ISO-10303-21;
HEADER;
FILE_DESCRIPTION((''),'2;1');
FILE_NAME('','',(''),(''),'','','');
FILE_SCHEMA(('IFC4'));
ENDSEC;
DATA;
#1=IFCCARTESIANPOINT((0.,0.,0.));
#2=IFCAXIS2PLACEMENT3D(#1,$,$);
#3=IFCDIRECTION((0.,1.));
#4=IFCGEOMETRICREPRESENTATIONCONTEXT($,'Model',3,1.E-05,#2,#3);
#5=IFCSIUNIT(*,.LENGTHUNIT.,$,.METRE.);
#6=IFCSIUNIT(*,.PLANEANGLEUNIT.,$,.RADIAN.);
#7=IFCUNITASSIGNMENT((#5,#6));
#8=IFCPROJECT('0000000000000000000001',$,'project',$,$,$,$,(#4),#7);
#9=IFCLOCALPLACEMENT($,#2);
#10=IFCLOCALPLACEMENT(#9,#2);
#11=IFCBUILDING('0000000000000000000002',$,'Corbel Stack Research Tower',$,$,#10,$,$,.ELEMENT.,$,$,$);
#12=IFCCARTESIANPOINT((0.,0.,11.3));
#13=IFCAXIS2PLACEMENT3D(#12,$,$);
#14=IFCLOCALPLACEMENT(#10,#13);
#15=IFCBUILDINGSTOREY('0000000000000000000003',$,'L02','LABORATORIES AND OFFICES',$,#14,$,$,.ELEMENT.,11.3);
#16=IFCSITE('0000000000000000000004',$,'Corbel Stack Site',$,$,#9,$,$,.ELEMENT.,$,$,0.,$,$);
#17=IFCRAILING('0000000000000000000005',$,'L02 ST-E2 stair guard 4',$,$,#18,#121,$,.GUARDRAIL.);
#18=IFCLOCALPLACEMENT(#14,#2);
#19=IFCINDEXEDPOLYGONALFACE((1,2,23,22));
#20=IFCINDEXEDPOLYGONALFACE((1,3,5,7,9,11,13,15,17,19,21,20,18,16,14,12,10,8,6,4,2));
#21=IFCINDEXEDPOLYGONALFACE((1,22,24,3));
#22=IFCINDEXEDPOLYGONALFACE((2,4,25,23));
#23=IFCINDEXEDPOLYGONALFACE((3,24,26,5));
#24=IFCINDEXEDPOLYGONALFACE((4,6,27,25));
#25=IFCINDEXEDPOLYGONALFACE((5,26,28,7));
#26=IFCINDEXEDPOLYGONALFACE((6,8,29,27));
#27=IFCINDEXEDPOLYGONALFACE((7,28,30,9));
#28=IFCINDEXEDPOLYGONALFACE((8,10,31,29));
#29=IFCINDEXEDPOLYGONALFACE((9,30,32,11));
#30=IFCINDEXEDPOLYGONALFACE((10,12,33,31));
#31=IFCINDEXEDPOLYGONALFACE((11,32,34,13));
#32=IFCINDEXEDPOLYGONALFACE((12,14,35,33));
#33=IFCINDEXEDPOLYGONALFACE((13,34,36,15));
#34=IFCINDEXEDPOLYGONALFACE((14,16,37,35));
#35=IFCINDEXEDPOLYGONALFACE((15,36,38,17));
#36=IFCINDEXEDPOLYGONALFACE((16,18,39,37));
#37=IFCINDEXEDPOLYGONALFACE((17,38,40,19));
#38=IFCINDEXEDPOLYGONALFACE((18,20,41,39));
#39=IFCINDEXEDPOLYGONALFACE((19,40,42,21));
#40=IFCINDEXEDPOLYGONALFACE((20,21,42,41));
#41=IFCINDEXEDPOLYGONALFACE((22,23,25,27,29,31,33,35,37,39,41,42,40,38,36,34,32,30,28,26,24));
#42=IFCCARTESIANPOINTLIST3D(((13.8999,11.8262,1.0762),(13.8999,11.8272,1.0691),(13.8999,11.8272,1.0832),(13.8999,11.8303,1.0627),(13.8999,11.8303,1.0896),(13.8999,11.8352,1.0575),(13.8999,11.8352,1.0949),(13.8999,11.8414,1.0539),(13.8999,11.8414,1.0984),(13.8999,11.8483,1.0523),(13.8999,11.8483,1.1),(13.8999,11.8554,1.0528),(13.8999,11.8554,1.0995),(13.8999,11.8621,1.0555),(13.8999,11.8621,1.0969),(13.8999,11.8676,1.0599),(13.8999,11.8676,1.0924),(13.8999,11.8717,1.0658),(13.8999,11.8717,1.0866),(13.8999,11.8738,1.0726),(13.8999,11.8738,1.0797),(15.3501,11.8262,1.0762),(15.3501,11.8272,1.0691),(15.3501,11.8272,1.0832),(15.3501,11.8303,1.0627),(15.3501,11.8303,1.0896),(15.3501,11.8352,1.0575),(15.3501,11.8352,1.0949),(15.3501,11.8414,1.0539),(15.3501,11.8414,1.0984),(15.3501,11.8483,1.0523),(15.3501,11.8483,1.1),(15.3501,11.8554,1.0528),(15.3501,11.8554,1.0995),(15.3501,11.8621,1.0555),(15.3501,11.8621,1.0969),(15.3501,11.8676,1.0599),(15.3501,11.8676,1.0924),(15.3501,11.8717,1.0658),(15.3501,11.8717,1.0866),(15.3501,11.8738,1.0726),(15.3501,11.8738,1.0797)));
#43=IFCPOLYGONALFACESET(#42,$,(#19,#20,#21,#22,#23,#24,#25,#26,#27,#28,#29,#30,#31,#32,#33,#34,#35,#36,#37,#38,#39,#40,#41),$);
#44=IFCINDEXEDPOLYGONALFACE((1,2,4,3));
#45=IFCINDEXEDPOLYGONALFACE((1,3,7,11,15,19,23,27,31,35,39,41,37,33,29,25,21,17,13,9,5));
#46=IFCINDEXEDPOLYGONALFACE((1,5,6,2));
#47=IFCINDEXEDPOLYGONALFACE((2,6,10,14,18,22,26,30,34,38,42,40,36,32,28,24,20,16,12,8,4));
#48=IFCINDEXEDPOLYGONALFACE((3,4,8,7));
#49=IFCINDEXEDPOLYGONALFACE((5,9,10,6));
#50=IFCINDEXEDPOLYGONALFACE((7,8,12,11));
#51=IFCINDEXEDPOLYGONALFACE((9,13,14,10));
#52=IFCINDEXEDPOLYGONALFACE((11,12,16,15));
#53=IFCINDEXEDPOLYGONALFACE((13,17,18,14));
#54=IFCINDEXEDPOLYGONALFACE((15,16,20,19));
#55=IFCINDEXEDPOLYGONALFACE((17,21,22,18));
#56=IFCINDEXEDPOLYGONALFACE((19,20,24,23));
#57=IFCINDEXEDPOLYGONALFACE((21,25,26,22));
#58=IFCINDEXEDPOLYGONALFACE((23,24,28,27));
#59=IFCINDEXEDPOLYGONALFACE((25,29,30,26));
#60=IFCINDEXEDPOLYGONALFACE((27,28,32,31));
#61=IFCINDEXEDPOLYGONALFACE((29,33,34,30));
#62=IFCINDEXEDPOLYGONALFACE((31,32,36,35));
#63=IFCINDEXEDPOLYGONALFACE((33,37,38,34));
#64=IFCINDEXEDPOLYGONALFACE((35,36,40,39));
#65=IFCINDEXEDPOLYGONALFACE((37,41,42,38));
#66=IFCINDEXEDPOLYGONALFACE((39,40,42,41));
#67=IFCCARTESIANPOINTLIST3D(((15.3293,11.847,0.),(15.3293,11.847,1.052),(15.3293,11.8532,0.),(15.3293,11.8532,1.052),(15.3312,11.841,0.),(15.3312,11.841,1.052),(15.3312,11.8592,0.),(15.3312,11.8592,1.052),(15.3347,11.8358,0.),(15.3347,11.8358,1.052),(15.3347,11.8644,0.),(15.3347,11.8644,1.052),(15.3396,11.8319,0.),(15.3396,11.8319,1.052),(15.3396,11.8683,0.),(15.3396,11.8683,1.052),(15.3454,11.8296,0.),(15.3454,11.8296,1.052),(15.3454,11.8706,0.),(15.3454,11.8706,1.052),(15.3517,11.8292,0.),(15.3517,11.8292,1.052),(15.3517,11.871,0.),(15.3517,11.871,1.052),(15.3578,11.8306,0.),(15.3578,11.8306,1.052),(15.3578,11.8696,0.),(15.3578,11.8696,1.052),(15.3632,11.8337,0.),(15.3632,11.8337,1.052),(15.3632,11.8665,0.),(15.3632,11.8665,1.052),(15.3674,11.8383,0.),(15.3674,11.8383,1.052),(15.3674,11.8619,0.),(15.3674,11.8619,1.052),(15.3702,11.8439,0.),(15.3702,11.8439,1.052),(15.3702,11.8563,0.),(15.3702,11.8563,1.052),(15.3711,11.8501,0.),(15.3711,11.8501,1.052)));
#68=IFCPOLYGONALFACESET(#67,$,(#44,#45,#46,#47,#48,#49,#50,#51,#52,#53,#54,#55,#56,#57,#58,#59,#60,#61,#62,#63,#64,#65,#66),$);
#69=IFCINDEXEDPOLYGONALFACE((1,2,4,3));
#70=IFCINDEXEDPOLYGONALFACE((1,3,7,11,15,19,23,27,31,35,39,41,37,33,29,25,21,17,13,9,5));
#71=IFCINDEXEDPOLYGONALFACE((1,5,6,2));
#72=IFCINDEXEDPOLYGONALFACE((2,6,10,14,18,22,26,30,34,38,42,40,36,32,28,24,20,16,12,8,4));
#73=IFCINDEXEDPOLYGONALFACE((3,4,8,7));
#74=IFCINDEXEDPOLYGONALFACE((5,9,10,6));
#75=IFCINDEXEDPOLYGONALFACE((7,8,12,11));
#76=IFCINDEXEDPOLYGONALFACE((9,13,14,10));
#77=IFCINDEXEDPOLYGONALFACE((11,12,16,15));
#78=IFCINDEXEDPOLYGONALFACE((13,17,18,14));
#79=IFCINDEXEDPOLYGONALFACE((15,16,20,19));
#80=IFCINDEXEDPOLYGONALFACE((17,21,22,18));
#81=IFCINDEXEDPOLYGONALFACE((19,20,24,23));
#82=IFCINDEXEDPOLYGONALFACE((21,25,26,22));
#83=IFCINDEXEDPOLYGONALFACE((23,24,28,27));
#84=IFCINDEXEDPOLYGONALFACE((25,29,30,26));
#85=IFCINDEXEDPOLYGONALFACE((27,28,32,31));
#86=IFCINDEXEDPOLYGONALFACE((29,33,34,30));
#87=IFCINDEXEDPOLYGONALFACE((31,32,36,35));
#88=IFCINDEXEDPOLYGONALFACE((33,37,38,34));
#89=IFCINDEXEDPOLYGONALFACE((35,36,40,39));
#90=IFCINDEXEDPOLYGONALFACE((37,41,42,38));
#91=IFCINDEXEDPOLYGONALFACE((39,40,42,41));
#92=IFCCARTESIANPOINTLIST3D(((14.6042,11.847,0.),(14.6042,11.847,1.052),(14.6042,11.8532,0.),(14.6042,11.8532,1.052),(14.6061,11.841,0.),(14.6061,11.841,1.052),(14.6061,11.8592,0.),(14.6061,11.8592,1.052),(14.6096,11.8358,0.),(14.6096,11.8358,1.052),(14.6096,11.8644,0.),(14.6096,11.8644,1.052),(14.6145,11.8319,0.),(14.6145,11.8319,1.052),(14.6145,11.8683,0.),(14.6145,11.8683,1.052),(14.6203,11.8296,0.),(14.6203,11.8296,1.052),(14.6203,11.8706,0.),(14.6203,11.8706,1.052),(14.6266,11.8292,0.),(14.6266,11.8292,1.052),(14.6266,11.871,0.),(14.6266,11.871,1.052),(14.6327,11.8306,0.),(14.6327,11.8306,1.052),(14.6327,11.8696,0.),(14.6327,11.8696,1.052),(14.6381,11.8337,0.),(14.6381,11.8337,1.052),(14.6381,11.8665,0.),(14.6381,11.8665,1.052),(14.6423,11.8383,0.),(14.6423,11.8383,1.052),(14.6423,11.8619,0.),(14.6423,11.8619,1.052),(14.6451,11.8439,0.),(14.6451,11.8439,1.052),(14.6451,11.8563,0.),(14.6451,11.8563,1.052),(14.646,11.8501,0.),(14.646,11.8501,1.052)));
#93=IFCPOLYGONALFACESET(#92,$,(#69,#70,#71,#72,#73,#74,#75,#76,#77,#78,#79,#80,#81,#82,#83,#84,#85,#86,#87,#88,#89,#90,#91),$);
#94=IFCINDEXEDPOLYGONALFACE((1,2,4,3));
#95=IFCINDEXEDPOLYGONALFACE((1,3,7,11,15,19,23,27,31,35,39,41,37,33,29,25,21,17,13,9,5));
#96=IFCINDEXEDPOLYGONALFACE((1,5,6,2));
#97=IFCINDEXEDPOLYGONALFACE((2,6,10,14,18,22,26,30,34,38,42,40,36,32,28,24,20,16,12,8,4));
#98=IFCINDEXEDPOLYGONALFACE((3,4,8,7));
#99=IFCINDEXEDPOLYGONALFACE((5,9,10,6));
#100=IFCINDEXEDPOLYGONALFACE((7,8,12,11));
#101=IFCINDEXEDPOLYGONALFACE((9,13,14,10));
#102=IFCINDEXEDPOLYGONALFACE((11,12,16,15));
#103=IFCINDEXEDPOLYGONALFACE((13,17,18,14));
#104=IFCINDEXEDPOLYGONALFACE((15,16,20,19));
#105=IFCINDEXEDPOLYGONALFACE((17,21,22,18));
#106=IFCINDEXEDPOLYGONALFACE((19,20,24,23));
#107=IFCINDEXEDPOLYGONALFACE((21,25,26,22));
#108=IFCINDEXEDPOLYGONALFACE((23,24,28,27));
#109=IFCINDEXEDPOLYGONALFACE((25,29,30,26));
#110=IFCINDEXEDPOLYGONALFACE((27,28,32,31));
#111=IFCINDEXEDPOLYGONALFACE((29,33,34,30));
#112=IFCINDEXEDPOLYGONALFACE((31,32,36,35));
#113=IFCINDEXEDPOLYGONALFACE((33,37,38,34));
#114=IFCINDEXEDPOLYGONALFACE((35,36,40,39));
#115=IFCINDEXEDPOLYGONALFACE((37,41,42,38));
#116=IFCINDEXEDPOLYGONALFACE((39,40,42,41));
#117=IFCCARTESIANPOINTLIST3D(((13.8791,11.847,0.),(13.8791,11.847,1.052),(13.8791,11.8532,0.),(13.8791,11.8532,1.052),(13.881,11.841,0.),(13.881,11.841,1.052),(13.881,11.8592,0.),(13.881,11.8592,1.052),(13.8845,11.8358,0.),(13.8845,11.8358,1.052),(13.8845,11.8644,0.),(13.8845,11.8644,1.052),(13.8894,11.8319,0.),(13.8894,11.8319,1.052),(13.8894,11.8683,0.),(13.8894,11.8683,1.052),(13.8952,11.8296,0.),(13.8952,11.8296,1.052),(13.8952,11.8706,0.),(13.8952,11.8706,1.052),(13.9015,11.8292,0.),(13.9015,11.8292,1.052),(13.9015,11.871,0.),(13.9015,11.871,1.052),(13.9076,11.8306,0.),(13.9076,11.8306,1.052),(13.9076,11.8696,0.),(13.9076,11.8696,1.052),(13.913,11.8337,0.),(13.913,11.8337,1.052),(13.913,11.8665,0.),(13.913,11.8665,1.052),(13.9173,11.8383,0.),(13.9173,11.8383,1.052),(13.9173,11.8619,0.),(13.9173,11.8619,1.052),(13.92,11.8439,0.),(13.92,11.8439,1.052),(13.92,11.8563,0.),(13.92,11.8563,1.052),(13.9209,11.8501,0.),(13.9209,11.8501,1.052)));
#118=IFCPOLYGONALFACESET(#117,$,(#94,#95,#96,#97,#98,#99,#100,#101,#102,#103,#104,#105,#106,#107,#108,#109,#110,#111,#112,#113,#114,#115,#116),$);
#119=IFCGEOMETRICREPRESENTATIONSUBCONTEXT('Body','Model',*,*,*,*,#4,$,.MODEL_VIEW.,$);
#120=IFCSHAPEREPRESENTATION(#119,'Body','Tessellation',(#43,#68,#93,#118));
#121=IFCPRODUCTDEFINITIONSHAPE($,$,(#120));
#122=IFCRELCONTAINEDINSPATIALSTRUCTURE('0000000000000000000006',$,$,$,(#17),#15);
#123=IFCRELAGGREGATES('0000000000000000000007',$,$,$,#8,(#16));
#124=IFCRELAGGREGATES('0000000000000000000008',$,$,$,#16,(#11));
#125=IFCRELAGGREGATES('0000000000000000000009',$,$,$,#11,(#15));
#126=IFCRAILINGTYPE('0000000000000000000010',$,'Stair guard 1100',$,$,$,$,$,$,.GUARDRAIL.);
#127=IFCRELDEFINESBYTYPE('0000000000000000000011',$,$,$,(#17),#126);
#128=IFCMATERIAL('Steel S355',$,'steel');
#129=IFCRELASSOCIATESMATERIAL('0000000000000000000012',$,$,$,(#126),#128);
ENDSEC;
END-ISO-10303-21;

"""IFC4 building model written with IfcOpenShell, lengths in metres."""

from ifc_helpers import new_model, si_unit, direction, frame, origin, origin_2d, place, context, subcontext, project, spatial, circle, extrude, material, type_object, element, save


model = new_model("IFC4")

# Units and contexts
model_context = context("Model", 3, precision=1e-05, world=origin(), true_north=direction((0.0, 1.0)))
body_context = subcontext(model_context, "Body", "Model", "MODEL_VIEW")
ifc_project = project(units=[si_unit("LENGTHUNIT", "METRE"), si_unit("PLANEANGLEUNIT", "RADIAN")], contexts=[model_context])

# Site, building, storey
site_placement = place(None, origin())
site = spatial("IfcSite", under=ifc_project, at=site_placement, Name="Corbel Stack Site", CompositionType="ELEMENT", RefElevation=0.0)
building_placement = place(site_placement, origin())
building = spatial("IfcBuilding", under=site, at=building_placement, Name="Corbel Stack Research Tower", CompositionType="ELEMENT")
storey_placement = place(building_placement, frame((0.0, 0.0, 11.3)))
storey = spatial("IfcBuildingStorey", under=building, at=storey_placement, Name="L02", Description="LABORATORIES AND OFFICES", CompositionType="ELEMENT", Elevation=11.3)

# Railing
ifc_material_1 = material(Name="Steel S355", Category="steel")
railing_type_1 = type_object("IfcRailingType", Name="Stair guard 1100", PredefinedType="GUARDRAIL", material=ifc_material_1)
railing_1_placement = place(storey_placement, frame((15.3501, 11.8501, 0.0)))
element("IfcRailing", 1, at=railing_1_placement, inside=storey, type_object=railing_type_1, Name="L02 ST-E2 stair guard 4", PredefinedType="GUARDRAIL", context=body_context, shape_type="SweptSolid", body=[
    extrude(circle(Radius=0.0239, at=origin_2d()), frame((0.0, 0.0, 1.0762), z_axis=(-1.0, 0.0, 0.0), x_axis=(0.0, -1.0, 0.0)), (0.0, 0.0, 1.0), 1.4502),
    extrude(circle(Radius=0.021, at=origin_2d()), origin(), (0.0, 0.0, 1.0), 1.052),
    extrude(circle(Radius=0.021, at=origin_2d()), frame((-0.7251, 0.0, 0.0)), (0.0, 0.0, 1.0), 1.052),
    extrude(circle(Radius=0.021, at=origin_2d()), frame((-1.4502, 0.0, 0.0)), (0.0, 0.0, 1.0), 1.052),
])

save(model, "model.ifc")
